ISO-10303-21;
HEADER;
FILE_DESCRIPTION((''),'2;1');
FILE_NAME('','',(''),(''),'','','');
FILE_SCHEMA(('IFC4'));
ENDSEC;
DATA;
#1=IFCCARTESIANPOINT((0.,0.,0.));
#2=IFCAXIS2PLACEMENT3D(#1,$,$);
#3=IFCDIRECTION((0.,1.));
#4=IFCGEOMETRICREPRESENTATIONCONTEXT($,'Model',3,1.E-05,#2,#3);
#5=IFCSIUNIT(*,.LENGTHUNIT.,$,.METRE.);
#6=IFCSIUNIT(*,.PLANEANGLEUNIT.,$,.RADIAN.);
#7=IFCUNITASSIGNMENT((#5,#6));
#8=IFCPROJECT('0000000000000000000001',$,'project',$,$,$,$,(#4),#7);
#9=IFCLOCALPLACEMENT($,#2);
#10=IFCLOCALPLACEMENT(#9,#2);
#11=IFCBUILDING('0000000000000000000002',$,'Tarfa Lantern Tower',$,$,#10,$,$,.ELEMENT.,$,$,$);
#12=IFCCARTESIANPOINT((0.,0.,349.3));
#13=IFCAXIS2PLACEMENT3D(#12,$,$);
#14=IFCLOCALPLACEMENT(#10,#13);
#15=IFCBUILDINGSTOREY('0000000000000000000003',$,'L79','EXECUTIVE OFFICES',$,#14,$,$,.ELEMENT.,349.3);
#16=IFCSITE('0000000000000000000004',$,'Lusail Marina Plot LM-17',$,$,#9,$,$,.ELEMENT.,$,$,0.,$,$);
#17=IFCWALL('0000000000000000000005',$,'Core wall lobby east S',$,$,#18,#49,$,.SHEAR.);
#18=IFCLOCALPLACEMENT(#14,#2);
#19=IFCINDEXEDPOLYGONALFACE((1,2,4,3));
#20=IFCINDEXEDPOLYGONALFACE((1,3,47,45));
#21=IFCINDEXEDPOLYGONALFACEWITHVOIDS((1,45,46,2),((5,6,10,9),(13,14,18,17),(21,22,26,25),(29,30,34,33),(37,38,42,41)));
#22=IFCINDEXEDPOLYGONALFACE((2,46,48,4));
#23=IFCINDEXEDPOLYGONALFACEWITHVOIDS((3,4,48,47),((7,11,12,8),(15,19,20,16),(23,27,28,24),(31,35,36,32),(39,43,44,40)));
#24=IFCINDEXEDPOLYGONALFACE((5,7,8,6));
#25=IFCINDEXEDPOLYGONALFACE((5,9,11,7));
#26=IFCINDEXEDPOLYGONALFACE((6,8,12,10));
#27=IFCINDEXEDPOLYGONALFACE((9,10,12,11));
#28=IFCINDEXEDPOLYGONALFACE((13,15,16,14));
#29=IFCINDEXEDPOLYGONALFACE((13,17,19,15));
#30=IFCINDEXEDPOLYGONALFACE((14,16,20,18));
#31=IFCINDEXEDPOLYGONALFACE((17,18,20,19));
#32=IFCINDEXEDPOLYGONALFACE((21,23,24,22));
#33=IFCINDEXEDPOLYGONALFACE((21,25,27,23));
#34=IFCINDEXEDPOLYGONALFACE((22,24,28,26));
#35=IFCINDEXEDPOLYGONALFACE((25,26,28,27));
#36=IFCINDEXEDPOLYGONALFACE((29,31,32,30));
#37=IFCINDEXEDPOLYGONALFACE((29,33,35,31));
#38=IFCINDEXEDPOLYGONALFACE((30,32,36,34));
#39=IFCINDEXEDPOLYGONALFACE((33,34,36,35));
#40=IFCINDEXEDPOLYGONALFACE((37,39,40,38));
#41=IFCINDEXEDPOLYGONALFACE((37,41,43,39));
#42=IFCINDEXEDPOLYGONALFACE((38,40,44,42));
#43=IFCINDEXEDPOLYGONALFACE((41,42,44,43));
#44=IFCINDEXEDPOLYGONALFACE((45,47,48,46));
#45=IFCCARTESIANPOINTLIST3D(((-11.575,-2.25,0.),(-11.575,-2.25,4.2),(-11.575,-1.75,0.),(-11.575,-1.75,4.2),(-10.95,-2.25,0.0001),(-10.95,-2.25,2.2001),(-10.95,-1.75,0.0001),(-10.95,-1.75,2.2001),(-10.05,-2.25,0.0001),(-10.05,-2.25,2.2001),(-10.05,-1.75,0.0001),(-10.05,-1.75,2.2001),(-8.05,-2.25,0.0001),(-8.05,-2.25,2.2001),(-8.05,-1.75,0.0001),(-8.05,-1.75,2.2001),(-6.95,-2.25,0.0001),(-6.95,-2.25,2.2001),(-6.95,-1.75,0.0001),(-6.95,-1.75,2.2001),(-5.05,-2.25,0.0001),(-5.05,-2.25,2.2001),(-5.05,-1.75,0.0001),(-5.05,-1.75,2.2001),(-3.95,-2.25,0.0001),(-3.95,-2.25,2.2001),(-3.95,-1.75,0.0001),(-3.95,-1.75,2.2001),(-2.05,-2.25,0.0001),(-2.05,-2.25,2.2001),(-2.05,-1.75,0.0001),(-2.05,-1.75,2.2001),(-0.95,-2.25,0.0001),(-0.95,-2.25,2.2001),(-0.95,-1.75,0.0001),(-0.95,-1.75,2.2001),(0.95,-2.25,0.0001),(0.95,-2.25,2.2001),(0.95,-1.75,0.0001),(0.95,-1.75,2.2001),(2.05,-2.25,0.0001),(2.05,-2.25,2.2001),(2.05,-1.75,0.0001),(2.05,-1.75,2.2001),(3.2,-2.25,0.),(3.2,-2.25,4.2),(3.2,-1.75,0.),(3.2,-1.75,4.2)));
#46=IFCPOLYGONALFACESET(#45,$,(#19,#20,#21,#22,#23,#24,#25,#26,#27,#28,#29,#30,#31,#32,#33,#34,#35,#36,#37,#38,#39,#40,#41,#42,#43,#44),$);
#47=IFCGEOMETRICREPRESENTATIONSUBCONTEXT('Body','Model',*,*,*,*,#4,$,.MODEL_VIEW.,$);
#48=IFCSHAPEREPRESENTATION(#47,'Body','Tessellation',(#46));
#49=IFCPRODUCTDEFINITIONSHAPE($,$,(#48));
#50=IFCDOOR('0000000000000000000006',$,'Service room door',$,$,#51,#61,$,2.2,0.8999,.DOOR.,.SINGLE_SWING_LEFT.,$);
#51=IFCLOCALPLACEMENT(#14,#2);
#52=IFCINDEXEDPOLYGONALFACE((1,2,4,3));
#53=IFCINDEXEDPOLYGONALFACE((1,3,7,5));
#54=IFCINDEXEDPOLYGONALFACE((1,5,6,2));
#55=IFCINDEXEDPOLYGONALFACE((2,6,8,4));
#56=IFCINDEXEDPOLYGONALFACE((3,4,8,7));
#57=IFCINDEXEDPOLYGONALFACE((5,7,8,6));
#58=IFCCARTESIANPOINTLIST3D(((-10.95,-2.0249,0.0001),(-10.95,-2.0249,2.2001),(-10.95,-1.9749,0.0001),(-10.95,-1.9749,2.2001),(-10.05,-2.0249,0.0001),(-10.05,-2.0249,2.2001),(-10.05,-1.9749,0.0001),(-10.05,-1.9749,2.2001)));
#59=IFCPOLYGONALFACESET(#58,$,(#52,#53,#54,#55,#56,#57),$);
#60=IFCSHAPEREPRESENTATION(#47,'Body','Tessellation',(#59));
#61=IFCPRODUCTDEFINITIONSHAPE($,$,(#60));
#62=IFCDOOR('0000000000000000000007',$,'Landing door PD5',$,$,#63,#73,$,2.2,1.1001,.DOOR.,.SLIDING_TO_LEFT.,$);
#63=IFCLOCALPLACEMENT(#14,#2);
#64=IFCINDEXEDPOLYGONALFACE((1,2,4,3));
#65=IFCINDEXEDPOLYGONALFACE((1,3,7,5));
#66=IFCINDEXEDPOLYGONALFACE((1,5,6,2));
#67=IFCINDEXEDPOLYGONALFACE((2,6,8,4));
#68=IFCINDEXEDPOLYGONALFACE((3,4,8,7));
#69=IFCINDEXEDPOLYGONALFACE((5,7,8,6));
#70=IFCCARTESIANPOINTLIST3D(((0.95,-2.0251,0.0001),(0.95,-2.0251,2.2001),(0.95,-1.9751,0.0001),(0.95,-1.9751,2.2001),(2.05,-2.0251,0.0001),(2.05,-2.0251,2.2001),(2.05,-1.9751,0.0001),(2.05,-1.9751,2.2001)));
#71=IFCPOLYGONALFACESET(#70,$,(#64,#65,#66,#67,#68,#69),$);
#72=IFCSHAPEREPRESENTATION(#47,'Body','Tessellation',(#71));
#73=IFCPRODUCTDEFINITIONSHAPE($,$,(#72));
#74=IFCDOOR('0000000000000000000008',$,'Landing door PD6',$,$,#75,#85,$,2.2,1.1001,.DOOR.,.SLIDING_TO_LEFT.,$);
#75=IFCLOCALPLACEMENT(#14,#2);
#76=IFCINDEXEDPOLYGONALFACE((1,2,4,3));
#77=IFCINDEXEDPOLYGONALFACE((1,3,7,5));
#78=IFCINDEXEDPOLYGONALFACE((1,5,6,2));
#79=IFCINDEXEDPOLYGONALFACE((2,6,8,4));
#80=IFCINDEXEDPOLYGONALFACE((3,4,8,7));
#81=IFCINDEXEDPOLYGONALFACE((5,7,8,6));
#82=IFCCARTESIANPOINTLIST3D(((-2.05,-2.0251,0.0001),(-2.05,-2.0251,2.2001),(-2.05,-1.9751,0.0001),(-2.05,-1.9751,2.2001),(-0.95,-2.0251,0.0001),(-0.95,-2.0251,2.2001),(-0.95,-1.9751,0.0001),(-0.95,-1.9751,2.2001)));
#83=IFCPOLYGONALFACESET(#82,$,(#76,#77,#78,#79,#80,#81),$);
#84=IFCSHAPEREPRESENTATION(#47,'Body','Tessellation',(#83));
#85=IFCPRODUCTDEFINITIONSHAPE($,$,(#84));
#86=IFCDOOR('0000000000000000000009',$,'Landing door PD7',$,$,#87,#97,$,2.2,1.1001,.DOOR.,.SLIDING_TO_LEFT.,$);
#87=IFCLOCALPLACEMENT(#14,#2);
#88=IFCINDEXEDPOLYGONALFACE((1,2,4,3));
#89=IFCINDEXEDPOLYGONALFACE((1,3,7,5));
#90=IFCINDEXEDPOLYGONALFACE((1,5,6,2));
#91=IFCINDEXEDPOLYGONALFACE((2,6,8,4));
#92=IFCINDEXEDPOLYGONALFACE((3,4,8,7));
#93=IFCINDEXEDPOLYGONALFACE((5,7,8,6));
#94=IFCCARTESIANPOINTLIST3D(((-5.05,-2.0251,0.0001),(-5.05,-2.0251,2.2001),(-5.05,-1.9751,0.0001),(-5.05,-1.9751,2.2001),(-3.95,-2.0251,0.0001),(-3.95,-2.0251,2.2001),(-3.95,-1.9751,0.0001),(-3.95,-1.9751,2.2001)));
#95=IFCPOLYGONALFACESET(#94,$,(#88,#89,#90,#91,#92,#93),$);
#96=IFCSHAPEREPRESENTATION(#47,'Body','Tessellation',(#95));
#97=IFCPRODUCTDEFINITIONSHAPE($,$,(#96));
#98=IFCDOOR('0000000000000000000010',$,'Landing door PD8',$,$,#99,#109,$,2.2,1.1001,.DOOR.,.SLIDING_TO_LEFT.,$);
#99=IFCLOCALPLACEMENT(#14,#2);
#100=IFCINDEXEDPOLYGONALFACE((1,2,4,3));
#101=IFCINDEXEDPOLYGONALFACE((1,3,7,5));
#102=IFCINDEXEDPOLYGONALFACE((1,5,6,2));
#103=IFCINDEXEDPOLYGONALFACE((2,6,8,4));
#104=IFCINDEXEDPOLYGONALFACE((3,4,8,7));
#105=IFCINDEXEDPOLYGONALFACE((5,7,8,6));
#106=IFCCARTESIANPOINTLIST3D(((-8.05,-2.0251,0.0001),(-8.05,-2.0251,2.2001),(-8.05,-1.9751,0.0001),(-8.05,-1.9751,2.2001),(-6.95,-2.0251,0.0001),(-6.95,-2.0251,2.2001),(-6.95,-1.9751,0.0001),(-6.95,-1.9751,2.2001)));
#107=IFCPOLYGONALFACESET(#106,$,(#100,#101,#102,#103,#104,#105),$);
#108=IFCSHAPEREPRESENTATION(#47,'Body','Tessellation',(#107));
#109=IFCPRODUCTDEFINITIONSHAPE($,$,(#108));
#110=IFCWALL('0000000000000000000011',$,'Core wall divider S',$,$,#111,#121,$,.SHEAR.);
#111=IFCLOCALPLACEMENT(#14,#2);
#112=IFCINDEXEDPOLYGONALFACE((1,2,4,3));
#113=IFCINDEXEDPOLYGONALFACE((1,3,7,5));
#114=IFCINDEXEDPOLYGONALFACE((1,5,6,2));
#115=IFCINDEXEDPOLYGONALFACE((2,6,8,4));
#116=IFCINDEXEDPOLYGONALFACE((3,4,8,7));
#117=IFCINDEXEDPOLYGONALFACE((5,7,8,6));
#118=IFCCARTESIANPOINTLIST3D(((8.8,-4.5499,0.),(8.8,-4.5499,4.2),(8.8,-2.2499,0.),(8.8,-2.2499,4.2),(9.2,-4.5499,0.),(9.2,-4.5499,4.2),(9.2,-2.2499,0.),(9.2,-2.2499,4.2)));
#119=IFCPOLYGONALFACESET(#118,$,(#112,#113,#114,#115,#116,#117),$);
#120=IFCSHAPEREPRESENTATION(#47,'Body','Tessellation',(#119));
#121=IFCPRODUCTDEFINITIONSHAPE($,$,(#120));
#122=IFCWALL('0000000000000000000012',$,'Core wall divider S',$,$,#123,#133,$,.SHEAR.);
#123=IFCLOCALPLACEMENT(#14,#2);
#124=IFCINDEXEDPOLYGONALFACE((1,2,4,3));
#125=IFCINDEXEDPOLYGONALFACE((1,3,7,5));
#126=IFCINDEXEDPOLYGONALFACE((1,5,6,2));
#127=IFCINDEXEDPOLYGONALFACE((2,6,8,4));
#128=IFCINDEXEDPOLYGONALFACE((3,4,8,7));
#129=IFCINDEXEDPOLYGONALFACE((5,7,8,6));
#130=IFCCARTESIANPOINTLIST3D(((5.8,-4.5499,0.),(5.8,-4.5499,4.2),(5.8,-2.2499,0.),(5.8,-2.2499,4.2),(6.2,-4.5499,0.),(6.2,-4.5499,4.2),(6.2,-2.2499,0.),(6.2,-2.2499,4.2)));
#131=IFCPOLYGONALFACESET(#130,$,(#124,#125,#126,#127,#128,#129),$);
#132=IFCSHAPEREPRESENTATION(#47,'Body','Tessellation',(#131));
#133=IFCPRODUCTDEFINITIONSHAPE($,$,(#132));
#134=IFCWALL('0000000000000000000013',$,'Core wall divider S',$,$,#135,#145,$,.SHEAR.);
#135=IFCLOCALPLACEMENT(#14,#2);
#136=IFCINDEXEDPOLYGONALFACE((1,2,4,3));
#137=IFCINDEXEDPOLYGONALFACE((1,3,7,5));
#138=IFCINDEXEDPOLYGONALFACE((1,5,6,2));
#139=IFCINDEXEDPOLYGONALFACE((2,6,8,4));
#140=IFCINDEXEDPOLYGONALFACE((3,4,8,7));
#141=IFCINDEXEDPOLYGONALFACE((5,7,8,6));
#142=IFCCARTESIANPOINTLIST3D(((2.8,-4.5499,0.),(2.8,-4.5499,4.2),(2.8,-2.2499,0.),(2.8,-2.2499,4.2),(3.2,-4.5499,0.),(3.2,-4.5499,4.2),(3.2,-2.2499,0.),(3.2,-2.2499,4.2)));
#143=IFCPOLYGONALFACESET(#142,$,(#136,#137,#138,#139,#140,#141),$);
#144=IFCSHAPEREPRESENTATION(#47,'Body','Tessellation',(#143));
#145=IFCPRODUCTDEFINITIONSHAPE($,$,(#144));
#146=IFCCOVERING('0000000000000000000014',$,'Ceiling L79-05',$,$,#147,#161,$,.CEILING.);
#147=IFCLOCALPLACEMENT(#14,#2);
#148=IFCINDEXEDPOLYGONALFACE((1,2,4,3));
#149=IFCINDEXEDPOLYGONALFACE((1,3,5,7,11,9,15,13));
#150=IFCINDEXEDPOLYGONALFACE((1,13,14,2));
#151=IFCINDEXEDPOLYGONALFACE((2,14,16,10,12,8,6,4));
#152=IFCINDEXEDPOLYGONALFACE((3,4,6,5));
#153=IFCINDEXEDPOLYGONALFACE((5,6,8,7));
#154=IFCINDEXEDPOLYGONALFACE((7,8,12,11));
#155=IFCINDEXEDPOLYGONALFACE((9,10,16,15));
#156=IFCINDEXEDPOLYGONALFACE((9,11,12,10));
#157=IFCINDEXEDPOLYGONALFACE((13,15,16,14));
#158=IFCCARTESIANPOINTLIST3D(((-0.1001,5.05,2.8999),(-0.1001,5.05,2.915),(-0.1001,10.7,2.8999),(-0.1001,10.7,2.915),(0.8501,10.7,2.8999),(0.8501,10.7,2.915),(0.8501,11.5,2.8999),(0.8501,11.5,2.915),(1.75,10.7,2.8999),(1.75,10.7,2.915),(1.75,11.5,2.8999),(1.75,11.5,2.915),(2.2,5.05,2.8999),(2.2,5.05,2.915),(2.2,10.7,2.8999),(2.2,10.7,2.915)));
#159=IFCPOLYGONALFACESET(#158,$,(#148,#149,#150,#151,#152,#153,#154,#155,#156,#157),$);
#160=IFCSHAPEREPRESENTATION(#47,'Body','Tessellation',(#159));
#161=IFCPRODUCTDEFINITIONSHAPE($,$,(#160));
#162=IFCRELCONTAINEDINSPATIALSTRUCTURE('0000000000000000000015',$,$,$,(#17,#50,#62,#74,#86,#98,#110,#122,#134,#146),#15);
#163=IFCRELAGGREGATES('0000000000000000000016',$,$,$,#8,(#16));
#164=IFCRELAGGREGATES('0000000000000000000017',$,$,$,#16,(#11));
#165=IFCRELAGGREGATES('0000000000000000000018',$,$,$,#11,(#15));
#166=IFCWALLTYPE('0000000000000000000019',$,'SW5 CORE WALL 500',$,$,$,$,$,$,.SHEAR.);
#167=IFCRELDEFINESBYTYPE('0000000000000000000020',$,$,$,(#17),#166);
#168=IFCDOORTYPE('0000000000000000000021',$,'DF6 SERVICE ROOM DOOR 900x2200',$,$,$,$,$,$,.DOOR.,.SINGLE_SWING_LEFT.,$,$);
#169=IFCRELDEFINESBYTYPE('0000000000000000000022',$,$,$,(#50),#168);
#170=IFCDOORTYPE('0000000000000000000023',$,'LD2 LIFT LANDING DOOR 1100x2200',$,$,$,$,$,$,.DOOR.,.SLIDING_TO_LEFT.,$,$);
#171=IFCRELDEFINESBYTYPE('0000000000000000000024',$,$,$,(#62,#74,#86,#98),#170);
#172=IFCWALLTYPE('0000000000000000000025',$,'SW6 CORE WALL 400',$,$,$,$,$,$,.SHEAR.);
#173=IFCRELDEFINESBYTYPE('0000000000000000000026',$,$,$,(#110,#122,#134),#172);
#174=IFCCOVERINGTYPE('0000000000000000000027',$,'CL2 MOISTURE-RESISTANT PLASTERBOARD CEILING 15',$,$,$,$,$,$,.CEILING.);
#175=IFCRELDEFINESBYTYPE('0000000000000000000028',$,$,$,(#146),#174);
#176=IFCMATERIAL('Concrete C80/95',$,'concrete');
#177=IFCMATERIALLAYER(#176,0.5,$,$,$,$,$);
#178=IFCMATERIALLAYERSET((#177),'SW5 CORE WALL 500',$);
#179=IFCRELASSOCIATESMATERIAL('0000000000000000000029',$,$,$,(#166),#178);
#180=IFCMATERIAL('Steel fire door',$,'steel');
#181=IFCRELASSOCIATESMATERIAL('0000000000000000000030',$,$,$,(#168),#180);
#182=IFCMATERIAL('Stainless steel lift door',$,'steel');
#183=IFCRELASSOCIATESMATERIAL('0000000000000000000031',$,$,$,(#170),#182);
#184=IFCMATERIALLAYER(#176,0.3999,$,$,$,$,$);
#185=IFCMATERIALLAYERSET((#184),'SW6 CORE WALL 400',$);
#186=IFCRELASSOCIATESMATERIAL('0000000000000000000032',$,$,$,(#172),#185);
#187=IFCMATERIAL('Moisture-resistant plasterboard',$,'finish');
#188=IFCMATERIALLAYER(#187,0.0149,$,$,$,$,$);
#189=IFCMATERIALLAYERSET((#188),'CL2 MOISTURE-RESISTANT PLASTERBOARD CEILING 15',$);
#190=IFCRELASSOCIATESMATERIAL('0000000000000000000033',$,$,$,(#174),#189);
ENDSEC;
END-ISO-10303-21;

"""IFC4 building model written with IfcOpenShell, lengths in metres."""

from ifc_helpers import new_model, si_unit, direction, frame, frame_2d, origin, place, context, subcontext, project, spatial, polyline, rectangle, outline, extrude, material, layer, layer_set, type_object, element, fill, save


model = new_model("IFC4")

# Units and contexts
model_context = context("Model", 3, precision=1e-05, world=origin(), true_north=direction((0.0, 1.0)))
body_context = subcontext(model_context, "Body", "Model", "MODEL_VIEW")
ifc_project = project(units=[si_unit("LENGTHUNIT", "METRE"), si_unit("PLANEANGLEUNIT", "RADIAN")], contexts=[model_context])

# Site, building, storey
site_placement = place(None, origin())
site = spatial("IfcSite", under=ifc_project, at=site_placement, Name="Lusail Marina Plot LM-17", CompositionType="ELEMENT", RefElevation=0.0)
building_placement = place(site_placement, origin())
building = spatial("IfcBuilding", under=site, at=building_placement, Name="Tarfa Lantern Tower", CompositionType="ELEMENT")
storey_placement = place(building_placement, frame((0.0, 0.0, 349.3)))
storey = spatial("IfcBuildingStorey", under=building, at=storey_placement, Name="L79", Description="EXECUTIVE OFFICES", CompositionType="ELEMENT", Elevation=349.3)

# Shared definitions
ifc_material_1 = material(Name="Concrete C80/95", Category="concrete")
ifc_layer_1 = layer(ifc_material_1, 0.5)
ifc_layer_set_1 = layer_set([ifc_layer_1], Name="SW5 CORE WALL 500")
wall_type_1 = type_object("IfcWallType", Name="SW5 CORE WALL 500", PredefinedType="SHEAR", material=ifc_layer_set_1)
ifc_material_2 = material(Name="Steel fire door", Category="steel")
door_type_1 = type_object("IfcDoorType", Name="DF6 SERVICE ROOM DOOR 900x2200", OperationType="SINGLE_SWING_LEFT", PredefinedType="DOOR", material=ifc_material_2)

# Wall, openings, doors
wall_1_placement = place(storey_placement, frame((3.2, -2.0, 0.0), z_axis=(0.0, 0.0, 1.0), x_axis=(-1.0, 0.0, 0.0)))
wall_1 = element("IfcWall", 1, at=wall_1_placement, inside=storey, type_object=wall_type_1, Name="Core wall lobby east S", PredefinedType="SHEAR", context=body_context, shape_type="SweptSolid", body=[
    extrude(rectangle(XDim=14.7749, YDim=0.5, at=frame_2d((7.3875, 0.0))), origin(), (0.0, 0.0, 1.0), 4.2),
])
opening_1_placement = place(wall_1_placement, frame((13.25, 0.0, 0.0)))
opening_1 = element("IfcOpeningElement", 2, at=opening_1_placement, cuts=wall_1, PredefinedType="OPENING", context=body_context, shape_type="SweptSolid", body=[
    extrude(rectangle(XDim=0.8999, YDim=2.2, at=frame_2d((0.45, 1.1001))), frame((0.0, 0.26, 0.0), z_axis=(0.0, -1.0, 0.0), x_axis=(1.0, 0.0, 0.0)), (0.0, 0.0, 1.0), 0.52),
])
opening_2_placement = place(wall_1_placement, frame((1.1499, 0.0, 0.0)))
opening_2 = element("IfcOpeningElement", 3, at=opening_2_placement, cuts=wall_1, PredefinedType="OPENING", context=body_context, shape_type="SweptSolid", body=[
    extrude(rectangle(XDim=1.1001, YDim=2.2, at=frame_2d((0.55, 1.1001))), frame((0.0, 0.26, 0.0), z_axis=(0.0, -1.0, 0.0), x_axis=(1.0, 0.0, 0.0)), (0.0, 0.0, 1.0), 0.52),
])
opening_3_placement = place(wall_1_placement, frame((4.1499, 0.0, 0.0)))
opening_3 = element("IfcOpeningElement", 4, at=opening_3_placement, cuts=wall_1, PredefinedType="OPENING", context=body_context, shape_type="SweptSolid", body=[
    extrude(rectangle(XDim=1.1001, YDim=2.2, at=frame_2d((0.55, 1.1001))), frame((0.0, 0.26, 0.0), z_axis=(0.0, -1.0, 0.0), x_axis=(1.0, 0.0, 0.0)), (0.0, 0.0, 1.0), 0.52),
])
opening_4_placement = place(wall_1_placement, frame((7.1499, 0.0, 0.0)))
opening_4 = element("IfcOpeningElement", 5, at=opening_4_placement, cuts=wall_1, PredefinedType="OPENING", context=body_context, shape_type="SweptSolid", body=[
    extrude(rectangle(XDim=1.1001, YDim=2.2, at=frame_2d((0.55, 1.1001))), frame((0.0, 0.26, 0.0), z_axis=(0.0, -1.0, 0.0), x_axis=(1.0, 0.0, 0.0)), (0.0, 0.0, 1.0), 0.52),
])
opening_5_placement = place(wall_1_placement, frame((10.1499, 0.0, 0.0)))
opening_5 = element("IfcOpeningElement", 6, at=opening_5_placement, cuts=wall_1, PredefinedType="OPENING", context=body_context, shape_type="SweptSolid", body=[
    extrude(rectangle(XDim=1.1001, YDim=2.2, at=frame_2d((0.55, 1.1001))), frame((0.0, 0.26, 0.0), z_axis=(0.0, -1.0, 0.0), x_axis=(1.0, 0.0, 0.0)), (0.0, 0.0, 1.0), 0.52),
])
door_1_placement = place(opening_1_placement, origin())
door_1 = element("IfcDoor", 7, at=door_1_placement, inside=storey, type_object=door_type_1, Name="Service room door", OperationType="SINGLE_SWING_LEFT", OverallHeight=2.2, OverallWidth=0.8999, PredefinedType="DOOR", context=body_context, shape_type="SweptSolid", body=[
    extrude(rectangle(XDim=0.8999, YDim=2.2, at=frame_2d((0.45, 1.1001))), frame((0.0, 0.0249, 0.0), z_axis=(0.0, -1.0, 0.0), x_axis=(1.0, 0.0, 0.0)), (0.0, 0.0, 1.0), 0.05),
])
fill(opening_1, door_1)
ifc_material_3 = material(Name="Stainless steel lift door", Category="steel")
door_type_2 = type_object("IfcDoorType", Name="LD2 LIFT LANDING DOOR 1100x2200", OperationType="SLIDING_TO_LEFT", PredefinedType="DOOR", material=ifc_material_3)
door_2_placement = place(opening_2_placement, frame((1.1001, 0.0, 0.0), z_axis=(0.0, 0.0, 1.0), x_axis=(-1.0, 0.0, 0.0)))
door_2 = element("IfcDoor", 8, at=door_2_placement, inside=storey, type_object=door_type_2, Name="Landing door PD5", OperationType="SLIDING_TO_LEFT", OverallHeight=2.2, OverallWidth=1.1001, PredefinedType="DOOR", context=body_context, shape_type="SweptSolid", body=[
    extrude(rectangle(XDim=1.1001, YDim=2.2, at=frame_2d((0.55, 1.1001))), frame((0.0, 0.0249, 0.0), z_axis=(0.0, -1.0, 0.0), x_axis=(1.0, 0.0, 0.0)), (0.0, 0.0, 1.0), 0.05),
])
fill(opening_2, door_2)
door_3_placement = place(opening_3_placement, frame((1.1001, 0.0, 0.0), z_axis=(0.0, 0.0, 1.0), x_axis=(-1.0, 0.0, 0.0)))
door_3 = element("IfcDoor", 9, at=door_3_placement, inside=storey, type_object=door_type_2, Name="Landing door PD6", OperationType="SLIDING_TO_LEFT", OverallHeight=2.2, OverallWidth=1.1001, PredefinedType="DOOR", context=body_context, shape_type="SweptSolid", body=[
    extrude(rectangle(XDim=1.1001, YDim=2.2, at=frame_2d((0.55, 1.1001))), frame((0.0, 0.0249, 0.0), z_axis=(0.0, -1.0, 0.0), x_axis=(1.0, 0.0, 0.0)), (0.0, 0.0, 1.0), 0.05),
])
fill(opening_3, door_3)
door_4_placement = place(opening_4_placement, frame((1.1001, 0.0, 0.0), z_axis=(0.0, 0.0, 1.0), x_axis=(-1.0, 0.0, 0.0)))
door_4 = element("IfcDoor", 10, at=door_4_placement, inside=storey, type_object=door_type_2, Name="Landing door PD7", OperationType="SLIDING_TO_LEFT", OverallHeight=2.2, OverallWidth=1.1001, PredefinedType="DOOR", context=body_context, shape_type="SweptSolid", body=[
    extrude(rectangle(XDim=1.1001, YDim=2.2, at=frame_2d((0.55, 1.1001))), frame((0.0, 0.0249, 0.0), z_axis=(0.0, -1.0, 0.0), x_axis=(1.0, 0.0, 0.0)), (0.0, 0.0, 1.0), 0.05),
])
fill(opening_4, door_4)
door_5_placement = place(opening_5_placement, frame((1.1001, 0.0, 0.0), z_axis=(0.0, 0.0, 1.0), x_axis=(-1.0, 0.0, 0.0)))
door_5 = element("IfcDoor", 11, at=door_5_placement, inside=storey, type_object=door_type_2, Name="Landing door PD8", OperationType="SLIDING_TO_LEFT", OverallHeight=2.2, OverallWidth=1.1001, PredefinedType="DOOR", context=body_context, shape_type="SweptSolid", body=[
    extrude(rectangle(XDim=1.1001, YDim=2.2, at=frame_2d((0.55, 1.1001))), frame((0.0, 0.0249, 0.0), z_axis=(0.0, -1.0, 0.0), x_axis=(1.0, 0.0, 0.0)), (0.0, 0.0, 1.0), 0.05),
])
fill(opening_5, door_5)

# Walls
ifc_layer_2 = layer(ifc_material_1, 0.3999)
ifc_layer_set_2 = layer_set([ifc_layer_2], Name="SW6 CORE WALL 400")
wall_type_2 = type_object("IfcWallType", Name="SW6 CORE WALL 400", PredefinedType="SHEAR", material=ifc_layer_set_2)
for number, where, z_axis, x_axis, name in (
    (12, (9.0, -2.25, 0.0), (0.0, 0.0, 1.0), (0.0, -1.0, 0.0), "Core wall divider S"),
    (13, (6.0, -2.25, 0.0), (0.0, 0.0, 1.0), (0.0, -1.0, 0.0), "Core wall divider S"),
    (14, (3.0, -2.25, 0.0), (0.0, 0.0, 1.0), (0.0, -1.0, 0.0), "Core wall divider S"),
):
    element("IfcWall", number, at=place(storey_placement, frame(where, z_axis=z_axis, x_axis=x_axis)), inside=storey, type_object=wall_type_2, Name=name, PredefinedType="SHEAR", context=body_context, shape_type="SweptSolid", body=[
        extrude(rectangle(XDim=2.3, YDim=0.3999, at=frame_2d((1.1499, 0.0))), origin(), (0.0, 0.0, 1.0), 4.2),
    ])

# Covering
ifc_material_4 = material(Name="Moisture-resistant plasterboard", Category="finish")
ifc_layer_3 = layer(ifc_material_4, 0.0149)
ifc_layer_set_3 = layer_set([ifc_layer_3], Name="CL2 MOISTURE-RESISTANT PLASTERBOARD CEILING 15")
covering_type_1 = type_object("IfcCoveringType", Name="CL2 MOISTURE-RESISTANT PLASTERBOARD CEILING 15", PredefinedType="CEILING", material=ifc_layer_set_3)
covering_1_placement = place(storey_placement, frame((0.0, 0.0, 2.8999)))
element("IfcCovering", 15, at=covering_1_placement, inside=storey, type_object=covering_type_1, Name="Ceiling L79-05", PredefinedType="CEILING", context=body_context, shape_type="SweptSolid", body=[
    extrude(outline(polyline([(0.8501, 10.7), (-0.1001, 10.7), (-0.1001, 5.05), (2.2, 5.05), (2.2, 10.7), (1.75, 10.7), (1.75, 11.5), (0.8501, 11.5), (0.8501, 10.7)])), origin(), (0.0, 0.0, 1.0), 0.0151),
])

save(model, "model.ifc")
